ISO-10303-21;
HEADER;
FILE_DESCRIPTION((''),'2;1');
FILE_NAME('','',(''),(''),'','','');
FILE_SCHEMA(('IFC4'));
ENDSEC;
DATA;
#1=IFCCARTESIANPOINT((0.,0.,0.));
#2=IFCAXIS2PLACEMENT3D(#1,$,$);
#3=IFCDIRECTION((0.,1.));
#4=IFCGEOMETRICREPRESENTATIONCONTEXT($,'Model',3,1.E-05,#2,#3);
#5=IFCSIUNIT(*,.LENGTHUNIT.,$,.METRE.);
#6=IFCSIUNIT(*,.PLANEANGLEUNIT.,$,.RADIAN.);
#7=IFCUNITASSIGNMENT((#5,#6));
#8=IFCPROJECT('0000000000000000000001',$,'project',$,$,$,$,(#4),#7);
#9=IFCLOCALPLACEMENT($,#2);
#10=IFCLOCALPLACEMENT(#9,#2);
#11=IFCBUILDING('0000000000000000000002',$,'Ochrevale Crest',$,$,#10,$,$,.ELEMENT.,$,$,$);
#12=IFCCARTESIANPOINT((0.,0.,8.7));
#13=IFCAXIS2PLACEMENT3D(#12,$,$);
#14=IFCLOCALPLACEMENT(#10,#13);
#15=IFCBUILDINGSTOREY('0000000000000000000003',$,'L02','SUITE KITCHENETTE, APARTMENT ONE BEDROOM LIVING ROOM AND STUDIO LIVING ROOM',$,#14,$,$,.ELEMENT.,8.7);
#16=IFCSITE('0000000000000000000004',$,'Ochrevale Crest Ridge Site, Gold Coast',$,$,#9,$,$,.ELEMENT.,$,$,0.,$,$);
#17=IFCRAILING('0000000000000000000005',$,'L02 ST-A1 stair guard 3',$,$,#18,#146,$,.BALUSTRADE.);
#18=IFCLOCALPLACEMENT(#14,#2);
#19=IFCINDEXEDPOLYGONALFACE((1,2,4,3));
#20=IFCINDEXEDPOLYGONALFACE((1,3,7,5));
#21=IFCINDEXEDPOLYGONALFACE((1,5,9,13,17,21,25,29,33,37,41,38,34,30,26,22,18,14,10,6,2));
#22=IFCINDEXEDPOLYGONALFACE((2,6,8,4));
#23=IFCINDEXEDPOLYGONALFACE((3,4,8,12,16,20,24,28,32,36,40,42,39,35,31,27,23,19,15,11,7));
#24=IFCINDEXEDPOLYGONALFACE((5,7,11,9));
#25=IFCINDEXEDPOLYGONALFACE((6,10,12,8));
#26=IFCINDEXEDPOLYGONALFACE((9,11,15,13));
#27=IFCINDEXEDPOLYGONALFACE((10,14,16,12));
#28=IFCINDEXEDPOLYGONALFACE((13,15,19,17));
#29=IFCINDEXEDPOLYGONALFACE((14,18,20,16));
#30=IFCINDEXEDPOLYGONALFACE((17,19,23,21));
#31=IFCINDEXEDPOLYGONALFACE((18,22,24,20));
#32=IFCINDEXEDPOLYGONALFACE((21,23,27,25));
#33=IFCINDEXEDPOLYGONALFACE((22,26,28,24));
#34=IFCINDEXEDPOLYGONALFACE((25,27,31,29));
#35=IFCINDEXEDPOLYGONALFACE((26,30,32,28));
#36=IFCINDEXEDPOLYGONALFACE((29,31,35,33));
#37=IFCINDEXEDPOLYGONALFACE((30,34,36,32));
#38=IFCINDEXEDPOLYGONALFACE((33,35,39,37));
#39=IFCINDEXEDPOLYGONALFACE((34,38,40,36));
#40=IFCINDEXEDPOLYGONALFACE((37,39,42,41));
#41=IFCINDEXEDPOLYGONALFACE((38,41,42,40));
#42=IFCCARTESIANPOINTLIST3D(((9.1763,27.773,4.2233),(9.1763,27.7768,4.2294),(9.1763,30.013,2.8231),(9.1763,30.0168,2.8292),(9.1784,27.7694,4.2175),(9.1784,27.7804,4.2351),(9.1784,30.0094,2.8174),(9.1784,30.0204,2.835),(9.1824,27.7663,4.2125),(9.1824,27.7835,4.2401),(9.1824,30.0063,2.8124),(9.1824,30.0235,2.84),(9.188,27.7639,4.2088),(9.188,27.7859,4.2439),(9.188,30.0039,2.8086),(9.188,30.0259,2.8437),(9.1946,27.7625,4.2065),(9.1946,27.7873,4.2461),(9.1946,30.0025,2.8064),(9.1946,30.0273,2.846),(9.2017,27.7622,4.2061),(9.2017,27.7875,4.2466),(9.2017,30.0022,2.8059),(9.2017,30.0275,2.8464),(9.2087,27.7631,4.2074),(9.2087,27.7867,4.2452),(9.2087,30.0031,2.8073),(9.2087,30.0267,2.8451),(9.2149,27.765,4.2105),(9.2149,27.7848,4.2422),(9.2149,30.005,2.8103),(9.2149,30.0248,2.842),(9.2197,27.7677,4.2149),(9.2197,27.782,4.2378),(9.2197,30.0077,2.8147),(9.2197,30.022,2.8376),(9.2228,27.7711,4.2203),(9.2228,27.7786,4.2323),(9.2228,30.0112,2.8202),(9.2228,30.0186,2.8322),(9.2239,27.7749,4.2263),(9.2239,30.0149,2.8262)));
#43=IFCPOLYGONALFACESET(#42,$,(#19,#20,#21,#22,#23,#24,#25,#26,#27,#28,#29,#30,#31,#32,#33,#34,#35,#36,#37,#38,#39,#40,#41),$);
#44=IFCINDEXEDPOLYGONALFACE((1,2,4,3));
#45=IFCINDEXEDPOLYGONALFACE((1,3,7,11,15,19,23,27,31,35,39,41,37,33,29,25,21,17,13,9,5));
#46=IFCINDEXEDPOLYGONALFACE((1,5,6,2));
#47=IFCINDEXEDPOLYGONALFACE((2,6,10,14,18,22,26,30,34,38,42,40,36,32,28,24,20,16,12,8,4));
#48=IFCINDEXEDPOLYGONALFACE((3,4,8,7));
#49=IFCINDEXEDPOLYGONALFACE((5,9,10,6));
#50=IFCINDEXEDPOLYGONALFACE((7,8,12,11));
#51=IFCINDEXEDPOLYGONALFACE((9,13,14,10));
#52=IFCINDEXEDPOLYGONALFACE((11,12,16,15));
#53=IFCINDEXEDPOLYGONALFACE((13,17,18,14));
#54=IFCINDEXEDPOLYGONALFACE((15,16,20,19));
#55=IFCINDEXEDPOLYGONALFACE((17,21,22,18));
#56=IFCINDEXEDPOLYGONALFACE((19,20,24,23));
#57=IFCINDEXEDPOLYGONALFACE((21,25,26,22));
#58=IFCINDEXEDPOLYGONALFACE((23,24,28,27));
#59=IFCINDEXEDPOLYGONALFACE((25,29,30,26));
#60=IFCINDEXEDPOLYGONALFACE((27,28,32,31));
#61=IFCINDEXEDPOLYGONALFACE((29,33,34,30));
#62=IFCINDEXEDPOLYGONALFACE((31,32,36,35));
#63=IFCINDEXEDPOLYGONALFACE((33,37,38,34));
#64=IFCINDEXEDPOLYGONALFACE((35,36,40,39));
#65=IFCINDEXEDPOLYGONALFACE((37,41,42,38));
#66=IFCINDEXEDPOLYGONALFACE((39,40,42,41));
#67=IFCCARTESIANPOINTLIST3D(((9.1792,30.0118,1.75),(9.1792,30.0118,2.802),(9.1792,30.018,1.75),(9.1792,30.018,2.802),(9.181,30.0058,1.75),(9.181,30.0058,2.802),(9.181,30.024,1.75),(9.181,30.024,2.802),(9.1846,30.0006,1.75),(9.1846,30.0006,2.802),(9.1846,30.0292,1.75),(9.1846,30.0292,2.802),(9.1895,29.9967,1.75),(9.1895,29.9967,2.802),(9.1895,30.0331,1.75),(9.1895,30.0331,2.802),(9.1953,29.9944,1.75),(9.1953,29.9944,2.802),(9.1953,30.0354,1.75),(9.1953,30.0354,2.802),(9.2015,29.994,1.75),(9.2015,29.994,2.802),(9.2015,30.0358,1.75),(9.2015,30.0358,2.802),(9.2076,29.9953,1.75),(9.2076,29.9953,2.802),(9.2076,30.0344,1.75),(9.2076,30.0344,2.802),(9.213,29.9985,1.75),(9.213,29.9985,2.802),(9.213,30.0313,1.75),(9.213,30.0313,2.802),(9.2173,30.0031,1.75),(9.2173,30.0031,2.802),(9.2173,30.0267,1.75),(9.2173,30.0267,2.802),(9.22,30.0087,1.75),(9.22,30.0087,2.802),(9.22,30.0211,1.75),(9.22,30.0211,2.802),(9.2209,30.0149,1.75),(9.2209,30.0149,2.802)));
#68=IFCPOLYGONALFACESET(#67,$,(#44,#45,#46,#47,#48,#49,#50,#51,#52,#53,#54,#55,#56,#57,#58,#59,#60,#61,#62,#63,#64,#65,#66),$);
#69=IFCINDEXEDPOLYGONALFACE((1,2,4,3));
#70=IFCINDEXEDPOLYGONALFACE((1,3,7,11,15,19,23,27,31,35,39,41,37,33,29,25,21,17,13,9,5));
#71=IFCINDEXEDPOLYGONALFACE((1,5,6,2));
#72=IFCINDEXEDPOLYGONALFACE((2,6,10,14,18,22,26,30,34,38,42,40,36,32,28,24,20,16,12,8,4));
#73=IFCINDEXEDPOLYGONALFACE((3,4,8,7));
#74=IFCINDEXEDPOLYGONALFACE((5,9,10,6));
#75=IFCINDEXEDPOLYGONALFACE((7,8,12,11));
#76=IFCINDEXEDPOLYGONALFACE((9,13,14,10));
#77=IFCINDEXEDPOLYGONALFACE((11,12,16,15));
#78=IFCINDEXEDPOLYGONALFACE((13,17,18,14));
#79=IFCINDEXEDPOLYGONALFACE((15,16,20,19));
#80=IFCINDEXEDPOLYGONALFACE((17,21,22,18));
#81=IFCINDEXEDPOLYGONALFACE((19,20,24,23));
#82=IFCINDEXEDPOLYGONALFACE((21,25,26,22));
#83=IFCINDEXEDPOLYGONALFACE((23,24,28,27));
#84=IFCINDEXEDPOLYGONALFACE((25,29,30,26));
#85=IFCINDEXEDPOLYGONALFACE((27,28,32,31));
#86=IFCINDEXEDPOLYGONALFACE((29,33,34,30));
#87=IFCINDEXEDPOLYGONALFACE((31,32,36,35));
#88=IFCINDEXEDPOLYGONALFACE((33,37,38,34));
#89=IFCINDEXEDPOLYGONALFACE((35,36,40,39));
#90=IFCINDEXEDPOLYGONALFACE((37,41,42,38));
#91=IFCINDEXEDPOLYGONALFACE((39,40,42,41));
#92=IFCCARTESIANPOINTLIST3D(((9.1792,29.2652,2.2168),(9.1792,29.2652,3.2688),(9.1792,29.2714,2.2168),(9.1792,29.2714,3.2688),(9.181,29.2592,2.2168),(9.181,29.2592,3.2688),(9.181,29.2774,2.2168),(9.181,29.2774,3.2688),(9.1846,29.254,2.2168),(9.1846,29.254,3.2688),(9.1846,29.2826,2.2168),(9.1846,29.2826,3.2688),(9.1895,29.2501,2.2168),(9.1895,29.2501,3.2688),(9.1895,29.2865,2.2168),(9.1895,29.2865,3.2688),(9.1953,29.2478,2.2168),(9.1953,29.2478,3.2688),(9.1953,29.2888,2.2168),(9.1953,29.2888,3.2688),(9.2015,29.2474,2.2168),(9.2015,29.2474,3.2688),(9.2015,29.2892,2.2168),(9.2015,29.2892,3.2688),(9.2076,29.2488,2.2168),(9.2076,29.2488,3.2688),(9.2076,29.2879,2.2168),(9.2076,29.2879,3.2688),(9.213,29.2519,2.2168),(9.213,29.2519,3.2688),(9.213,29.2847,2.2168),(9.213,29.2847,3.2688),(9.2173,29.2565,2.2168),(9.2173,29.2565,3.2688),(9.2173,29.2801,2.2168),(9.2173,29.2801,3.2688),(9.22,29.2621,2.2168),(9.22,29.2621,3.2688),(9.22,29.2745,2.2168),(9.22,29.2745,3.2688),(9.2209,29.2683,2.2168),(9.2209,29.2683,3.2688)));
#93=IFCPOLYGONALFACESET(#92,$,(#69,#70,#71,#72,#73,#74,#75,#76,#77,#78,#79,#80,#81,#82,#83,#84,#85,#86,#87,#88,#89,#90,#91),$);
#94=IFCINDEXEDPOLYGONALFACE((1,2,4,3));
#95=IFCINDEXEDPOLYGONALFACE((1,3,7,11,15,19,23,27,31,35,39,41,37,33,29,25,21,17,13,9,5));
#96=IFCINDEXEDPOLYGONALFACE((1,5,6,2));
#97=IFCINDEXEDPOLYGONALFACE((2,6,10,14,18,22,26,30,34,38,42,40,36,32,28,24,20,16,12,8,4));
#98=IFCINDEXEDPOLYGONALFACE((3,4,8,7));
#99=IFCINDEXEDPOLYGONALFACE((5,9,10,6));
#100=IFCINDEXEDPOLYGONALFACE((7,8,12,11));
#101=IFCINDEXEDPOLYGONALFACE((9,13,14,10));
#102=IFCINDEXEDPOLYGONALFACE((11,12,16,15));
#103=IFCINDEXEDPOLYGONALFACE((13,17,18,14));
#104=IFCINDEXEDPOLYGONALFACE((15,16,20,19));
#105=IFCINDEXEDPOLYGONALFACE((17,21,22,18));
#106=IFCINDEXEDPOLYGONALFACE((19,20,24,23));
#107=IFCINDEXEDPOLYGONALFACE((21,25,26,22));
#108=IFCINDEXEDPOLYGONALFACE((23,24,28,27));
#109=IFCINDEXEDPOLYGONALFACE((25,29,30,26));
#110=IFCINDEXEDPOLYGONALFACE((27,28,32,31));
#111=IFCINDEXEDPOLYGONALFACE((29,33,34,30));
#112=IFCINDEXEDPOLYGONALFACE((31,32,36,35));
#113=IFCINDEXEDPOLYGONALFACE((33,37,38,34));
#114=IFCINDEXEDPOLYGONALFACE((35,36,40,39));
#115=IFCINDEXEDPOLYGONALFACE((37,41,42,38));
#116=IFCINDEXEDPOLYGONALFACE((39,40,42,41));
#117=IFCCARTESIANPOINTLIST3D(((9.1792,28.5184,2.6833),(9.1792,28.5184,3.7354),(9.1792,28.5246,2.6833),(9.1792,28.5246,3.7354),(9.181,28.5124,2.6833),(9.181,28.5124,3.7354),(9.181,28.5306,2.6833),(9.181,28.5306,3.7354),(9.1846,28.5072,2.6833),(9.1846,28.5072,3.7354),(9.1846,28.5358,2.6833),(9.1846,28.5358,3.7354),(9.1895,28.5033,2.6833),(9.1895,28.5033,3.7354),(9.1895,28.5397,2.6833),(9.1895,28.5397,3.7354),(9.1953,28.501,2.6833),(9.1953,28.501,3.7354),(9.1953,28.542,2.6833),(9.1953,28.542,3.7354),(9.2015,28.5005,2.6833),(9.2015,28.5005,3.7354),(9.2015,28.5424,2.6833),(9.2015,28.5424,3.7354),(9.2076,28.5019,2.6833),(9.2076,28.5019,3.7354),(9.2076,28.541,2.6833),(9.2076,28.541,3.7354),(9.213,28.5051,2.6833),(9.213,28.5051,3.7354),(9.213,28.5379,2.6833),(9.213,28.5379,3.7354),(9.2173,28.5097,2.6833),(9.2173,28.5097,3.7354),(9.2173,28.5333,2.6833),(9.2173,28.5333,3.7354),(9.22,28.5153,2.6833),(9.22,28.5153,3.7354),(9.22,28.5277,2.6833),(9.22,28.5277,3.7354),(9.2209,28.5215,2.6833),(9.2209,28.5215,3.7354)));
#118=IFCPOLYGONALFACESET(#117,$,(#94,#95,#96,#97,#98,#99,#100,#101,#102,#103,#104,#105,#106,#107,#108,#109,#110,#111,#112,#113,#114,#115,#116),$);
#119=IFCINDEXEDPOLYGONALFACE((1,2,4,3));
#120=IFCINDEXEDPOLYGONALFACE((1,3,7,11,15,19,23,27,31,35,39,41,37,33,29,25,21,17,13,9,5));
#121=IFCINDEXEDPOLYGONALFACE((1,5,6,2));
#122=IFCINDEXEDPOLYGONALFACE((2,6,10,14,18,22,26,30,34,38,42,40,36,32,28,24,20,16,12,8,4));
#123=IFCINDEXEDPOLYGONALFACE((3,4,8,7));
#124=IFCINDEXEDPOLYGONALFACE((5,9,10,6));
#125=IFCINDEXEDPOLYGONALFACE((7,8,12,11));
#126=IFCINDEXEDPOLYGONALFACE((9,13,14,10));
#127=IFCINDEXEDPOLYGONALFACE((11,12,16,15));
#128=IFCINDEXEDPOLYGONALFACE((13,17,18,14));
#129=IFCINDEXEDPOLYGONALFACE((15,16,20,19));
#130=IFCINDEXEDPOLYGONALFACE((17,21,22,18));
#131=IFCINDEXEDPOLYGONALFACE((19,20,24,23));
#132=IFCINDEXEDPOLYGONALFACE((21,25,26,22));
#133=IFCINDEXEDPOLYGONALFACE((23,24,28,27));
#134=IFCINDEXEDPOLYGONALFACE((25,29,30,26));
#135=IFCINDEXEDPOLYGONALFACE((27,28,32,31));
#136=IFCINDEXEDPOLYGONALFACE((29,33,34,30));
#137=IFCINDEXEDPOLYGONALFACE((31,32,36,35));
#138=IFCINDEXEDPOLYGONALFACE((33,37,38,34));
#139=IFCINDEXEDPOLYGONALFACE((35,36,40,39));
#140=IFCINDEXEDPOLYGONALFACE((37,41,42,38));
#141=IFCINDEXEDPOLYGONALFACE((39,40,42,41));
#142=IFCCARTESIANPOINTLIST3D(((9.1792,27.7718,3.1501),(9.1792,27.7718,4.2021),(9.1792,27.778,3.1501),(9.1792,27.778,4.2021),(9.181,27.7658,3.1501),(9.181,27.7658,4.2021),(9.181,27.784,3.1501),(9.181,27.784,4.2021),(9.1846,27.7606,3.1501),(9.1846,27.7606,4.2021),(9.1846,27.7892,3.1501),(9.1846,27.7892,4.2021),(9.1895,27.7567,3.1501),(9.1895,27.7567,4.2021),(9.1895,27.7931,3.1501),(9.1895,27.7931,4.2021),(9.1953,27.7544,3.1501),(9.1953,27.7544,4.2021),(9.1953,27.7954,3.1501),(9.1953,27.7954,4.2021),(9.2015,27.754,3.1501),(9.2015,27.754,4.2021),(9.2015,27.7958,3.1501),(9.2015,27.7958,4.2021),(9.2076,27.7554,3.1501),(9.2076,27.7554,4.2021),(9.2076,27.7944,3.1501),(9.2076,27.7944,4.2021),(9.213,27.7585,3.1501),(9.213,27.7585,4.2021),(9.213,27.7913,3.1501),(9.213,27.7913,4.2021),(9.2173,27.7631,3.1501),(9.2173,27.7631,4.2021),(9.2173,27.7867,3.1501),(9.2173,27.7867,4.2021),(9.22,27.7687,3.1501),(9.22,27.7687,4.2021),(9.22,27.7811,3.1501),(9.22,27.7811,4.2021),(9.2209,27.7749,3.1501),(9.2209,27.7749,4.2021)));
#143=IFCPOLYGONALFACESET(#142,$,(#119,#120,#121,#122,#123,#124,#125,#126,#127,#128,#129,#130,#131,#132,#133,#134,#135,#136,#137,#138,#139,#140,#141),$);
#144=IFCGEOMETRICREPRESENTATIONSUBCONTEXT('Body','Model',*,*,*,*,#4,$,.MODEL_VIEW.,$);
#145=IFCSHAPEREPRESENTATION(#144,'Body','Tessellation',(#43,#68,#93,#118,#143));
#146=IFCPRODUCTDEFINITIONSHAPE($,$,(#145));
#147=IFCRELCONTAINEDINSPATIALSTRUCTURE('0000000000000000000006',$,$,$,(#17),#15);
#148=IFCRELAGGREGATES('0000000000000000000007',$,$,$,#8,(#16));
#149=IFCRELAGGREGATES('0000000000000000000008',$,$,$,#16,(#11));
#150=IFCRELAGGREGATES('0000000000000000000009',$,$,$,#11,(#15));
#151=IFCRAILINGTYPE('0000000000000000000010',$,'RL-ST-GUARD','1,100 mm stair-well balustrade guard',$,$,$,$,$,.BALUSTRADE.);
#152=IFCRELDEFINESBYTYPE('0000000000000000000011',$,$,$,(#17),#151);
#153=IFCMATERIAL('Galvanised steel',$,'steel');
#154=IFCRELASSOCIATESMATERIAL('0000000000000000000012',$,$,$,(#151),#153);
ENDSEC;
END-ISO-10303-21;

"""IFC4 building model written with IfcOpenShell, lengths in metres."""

from ifc_helpers import new_model, si_unit, direction, frame, origin, origin_2d, place, context, subcontext, project, spatial, circle, extrude, material, type_object, element, save


model = new_model("IFC4")

# Units and contexts
model_context = context("Model", 3, precision=1e-05, world=origin(), true_north=direction((0.0, 1.0)))
body_context = subcontext(model_context, "Body", "Model", "MODEL_VIEW")
ifc_project = project(units=[si_unit("LENGTHUNIT", "METRE"), si_unit("PLANEANGLEUNIT", "RADIAN")], contexts=[model_context])

# Site, building, storey
site_placement = place(None, origin())
site = spatial("IfcSite", under=ifc_project, at=site_placement, Name="Ochrevale Crest Ridge Site, Gold Coast", CompositionType="ELEMENT", RefElevation=0.0)
building_placement = place(site_placement, origin())
building = spatial("IfcBuilding", under=site, at=building_placement, Name="Ochrevale Crest", CompositionType="ELEMENT")
storey_placement = place(building_placement, frame((0.0, 0.0, 8.7)))
storey = spatial("IfcBuildingStorey", under=building, at=storey_placement, Name="L02", Description="SUITE KITCHENETTE, APARTMENT ONE BEDROOM LIVING ROOM AND STUDIO LIVING ROOM", CompositionType="ELEMENT", Elevation=8.7)

# Railing
ifc_material_1 = material(Name="Galvanised steel", Category="steel")
railing_type_1 = type_object("IfcRailingType", Name="RL-ST-GUARD", Description="1,100 mm stair-well balustrade guard", PredefinedType="BALUSTRADE", material=ifc_material_1)
railing_1_placement = place(storey_placement, frame((9.2, 30.0149, 1.75)))
element("IfcRailing", 1, at=railing_1_placement, inside=storey, type_object=railing_type_1, Name="L02 ST-A1 stair guard 3", PredefinedType="BALUSTRADE", context=body_context, shape_type="SweptSolid", body=[
    extrude(circle(Radius=0.0239, at=origin_2d()), frame((0.0, 0.0, 1.0762), z_axis=(0.0, -0.847972, 0.53004), x_axis=(1.0, 0.0, 0.0)), (0.0, 0.0, 1.0), 2.6416),
    extrude(circle(Radius=0.021, at=origin_2d()), origin(), (0.0, 0.0, 1.0), 1.052),
    extrude(circle(Radius=0.021, at=origin_2d()), frame((0.0, -0.7466, 0.4668)), (0.0, 0.0, 1.0), 1.052),
    extrude(circle(Radius=0.021, at=origin_2d()), frame((0.0, -1.4934, 0.9333)), (0.0, 0.0, 1.0), 1.052),
    extrude(circle(Radius=0.021, at=origin_2d()), frame((0.0, -2.24, 1.4001)), (0.0, 0.0, 1.0), 1.052),
])

save(model, "model.ifc")
